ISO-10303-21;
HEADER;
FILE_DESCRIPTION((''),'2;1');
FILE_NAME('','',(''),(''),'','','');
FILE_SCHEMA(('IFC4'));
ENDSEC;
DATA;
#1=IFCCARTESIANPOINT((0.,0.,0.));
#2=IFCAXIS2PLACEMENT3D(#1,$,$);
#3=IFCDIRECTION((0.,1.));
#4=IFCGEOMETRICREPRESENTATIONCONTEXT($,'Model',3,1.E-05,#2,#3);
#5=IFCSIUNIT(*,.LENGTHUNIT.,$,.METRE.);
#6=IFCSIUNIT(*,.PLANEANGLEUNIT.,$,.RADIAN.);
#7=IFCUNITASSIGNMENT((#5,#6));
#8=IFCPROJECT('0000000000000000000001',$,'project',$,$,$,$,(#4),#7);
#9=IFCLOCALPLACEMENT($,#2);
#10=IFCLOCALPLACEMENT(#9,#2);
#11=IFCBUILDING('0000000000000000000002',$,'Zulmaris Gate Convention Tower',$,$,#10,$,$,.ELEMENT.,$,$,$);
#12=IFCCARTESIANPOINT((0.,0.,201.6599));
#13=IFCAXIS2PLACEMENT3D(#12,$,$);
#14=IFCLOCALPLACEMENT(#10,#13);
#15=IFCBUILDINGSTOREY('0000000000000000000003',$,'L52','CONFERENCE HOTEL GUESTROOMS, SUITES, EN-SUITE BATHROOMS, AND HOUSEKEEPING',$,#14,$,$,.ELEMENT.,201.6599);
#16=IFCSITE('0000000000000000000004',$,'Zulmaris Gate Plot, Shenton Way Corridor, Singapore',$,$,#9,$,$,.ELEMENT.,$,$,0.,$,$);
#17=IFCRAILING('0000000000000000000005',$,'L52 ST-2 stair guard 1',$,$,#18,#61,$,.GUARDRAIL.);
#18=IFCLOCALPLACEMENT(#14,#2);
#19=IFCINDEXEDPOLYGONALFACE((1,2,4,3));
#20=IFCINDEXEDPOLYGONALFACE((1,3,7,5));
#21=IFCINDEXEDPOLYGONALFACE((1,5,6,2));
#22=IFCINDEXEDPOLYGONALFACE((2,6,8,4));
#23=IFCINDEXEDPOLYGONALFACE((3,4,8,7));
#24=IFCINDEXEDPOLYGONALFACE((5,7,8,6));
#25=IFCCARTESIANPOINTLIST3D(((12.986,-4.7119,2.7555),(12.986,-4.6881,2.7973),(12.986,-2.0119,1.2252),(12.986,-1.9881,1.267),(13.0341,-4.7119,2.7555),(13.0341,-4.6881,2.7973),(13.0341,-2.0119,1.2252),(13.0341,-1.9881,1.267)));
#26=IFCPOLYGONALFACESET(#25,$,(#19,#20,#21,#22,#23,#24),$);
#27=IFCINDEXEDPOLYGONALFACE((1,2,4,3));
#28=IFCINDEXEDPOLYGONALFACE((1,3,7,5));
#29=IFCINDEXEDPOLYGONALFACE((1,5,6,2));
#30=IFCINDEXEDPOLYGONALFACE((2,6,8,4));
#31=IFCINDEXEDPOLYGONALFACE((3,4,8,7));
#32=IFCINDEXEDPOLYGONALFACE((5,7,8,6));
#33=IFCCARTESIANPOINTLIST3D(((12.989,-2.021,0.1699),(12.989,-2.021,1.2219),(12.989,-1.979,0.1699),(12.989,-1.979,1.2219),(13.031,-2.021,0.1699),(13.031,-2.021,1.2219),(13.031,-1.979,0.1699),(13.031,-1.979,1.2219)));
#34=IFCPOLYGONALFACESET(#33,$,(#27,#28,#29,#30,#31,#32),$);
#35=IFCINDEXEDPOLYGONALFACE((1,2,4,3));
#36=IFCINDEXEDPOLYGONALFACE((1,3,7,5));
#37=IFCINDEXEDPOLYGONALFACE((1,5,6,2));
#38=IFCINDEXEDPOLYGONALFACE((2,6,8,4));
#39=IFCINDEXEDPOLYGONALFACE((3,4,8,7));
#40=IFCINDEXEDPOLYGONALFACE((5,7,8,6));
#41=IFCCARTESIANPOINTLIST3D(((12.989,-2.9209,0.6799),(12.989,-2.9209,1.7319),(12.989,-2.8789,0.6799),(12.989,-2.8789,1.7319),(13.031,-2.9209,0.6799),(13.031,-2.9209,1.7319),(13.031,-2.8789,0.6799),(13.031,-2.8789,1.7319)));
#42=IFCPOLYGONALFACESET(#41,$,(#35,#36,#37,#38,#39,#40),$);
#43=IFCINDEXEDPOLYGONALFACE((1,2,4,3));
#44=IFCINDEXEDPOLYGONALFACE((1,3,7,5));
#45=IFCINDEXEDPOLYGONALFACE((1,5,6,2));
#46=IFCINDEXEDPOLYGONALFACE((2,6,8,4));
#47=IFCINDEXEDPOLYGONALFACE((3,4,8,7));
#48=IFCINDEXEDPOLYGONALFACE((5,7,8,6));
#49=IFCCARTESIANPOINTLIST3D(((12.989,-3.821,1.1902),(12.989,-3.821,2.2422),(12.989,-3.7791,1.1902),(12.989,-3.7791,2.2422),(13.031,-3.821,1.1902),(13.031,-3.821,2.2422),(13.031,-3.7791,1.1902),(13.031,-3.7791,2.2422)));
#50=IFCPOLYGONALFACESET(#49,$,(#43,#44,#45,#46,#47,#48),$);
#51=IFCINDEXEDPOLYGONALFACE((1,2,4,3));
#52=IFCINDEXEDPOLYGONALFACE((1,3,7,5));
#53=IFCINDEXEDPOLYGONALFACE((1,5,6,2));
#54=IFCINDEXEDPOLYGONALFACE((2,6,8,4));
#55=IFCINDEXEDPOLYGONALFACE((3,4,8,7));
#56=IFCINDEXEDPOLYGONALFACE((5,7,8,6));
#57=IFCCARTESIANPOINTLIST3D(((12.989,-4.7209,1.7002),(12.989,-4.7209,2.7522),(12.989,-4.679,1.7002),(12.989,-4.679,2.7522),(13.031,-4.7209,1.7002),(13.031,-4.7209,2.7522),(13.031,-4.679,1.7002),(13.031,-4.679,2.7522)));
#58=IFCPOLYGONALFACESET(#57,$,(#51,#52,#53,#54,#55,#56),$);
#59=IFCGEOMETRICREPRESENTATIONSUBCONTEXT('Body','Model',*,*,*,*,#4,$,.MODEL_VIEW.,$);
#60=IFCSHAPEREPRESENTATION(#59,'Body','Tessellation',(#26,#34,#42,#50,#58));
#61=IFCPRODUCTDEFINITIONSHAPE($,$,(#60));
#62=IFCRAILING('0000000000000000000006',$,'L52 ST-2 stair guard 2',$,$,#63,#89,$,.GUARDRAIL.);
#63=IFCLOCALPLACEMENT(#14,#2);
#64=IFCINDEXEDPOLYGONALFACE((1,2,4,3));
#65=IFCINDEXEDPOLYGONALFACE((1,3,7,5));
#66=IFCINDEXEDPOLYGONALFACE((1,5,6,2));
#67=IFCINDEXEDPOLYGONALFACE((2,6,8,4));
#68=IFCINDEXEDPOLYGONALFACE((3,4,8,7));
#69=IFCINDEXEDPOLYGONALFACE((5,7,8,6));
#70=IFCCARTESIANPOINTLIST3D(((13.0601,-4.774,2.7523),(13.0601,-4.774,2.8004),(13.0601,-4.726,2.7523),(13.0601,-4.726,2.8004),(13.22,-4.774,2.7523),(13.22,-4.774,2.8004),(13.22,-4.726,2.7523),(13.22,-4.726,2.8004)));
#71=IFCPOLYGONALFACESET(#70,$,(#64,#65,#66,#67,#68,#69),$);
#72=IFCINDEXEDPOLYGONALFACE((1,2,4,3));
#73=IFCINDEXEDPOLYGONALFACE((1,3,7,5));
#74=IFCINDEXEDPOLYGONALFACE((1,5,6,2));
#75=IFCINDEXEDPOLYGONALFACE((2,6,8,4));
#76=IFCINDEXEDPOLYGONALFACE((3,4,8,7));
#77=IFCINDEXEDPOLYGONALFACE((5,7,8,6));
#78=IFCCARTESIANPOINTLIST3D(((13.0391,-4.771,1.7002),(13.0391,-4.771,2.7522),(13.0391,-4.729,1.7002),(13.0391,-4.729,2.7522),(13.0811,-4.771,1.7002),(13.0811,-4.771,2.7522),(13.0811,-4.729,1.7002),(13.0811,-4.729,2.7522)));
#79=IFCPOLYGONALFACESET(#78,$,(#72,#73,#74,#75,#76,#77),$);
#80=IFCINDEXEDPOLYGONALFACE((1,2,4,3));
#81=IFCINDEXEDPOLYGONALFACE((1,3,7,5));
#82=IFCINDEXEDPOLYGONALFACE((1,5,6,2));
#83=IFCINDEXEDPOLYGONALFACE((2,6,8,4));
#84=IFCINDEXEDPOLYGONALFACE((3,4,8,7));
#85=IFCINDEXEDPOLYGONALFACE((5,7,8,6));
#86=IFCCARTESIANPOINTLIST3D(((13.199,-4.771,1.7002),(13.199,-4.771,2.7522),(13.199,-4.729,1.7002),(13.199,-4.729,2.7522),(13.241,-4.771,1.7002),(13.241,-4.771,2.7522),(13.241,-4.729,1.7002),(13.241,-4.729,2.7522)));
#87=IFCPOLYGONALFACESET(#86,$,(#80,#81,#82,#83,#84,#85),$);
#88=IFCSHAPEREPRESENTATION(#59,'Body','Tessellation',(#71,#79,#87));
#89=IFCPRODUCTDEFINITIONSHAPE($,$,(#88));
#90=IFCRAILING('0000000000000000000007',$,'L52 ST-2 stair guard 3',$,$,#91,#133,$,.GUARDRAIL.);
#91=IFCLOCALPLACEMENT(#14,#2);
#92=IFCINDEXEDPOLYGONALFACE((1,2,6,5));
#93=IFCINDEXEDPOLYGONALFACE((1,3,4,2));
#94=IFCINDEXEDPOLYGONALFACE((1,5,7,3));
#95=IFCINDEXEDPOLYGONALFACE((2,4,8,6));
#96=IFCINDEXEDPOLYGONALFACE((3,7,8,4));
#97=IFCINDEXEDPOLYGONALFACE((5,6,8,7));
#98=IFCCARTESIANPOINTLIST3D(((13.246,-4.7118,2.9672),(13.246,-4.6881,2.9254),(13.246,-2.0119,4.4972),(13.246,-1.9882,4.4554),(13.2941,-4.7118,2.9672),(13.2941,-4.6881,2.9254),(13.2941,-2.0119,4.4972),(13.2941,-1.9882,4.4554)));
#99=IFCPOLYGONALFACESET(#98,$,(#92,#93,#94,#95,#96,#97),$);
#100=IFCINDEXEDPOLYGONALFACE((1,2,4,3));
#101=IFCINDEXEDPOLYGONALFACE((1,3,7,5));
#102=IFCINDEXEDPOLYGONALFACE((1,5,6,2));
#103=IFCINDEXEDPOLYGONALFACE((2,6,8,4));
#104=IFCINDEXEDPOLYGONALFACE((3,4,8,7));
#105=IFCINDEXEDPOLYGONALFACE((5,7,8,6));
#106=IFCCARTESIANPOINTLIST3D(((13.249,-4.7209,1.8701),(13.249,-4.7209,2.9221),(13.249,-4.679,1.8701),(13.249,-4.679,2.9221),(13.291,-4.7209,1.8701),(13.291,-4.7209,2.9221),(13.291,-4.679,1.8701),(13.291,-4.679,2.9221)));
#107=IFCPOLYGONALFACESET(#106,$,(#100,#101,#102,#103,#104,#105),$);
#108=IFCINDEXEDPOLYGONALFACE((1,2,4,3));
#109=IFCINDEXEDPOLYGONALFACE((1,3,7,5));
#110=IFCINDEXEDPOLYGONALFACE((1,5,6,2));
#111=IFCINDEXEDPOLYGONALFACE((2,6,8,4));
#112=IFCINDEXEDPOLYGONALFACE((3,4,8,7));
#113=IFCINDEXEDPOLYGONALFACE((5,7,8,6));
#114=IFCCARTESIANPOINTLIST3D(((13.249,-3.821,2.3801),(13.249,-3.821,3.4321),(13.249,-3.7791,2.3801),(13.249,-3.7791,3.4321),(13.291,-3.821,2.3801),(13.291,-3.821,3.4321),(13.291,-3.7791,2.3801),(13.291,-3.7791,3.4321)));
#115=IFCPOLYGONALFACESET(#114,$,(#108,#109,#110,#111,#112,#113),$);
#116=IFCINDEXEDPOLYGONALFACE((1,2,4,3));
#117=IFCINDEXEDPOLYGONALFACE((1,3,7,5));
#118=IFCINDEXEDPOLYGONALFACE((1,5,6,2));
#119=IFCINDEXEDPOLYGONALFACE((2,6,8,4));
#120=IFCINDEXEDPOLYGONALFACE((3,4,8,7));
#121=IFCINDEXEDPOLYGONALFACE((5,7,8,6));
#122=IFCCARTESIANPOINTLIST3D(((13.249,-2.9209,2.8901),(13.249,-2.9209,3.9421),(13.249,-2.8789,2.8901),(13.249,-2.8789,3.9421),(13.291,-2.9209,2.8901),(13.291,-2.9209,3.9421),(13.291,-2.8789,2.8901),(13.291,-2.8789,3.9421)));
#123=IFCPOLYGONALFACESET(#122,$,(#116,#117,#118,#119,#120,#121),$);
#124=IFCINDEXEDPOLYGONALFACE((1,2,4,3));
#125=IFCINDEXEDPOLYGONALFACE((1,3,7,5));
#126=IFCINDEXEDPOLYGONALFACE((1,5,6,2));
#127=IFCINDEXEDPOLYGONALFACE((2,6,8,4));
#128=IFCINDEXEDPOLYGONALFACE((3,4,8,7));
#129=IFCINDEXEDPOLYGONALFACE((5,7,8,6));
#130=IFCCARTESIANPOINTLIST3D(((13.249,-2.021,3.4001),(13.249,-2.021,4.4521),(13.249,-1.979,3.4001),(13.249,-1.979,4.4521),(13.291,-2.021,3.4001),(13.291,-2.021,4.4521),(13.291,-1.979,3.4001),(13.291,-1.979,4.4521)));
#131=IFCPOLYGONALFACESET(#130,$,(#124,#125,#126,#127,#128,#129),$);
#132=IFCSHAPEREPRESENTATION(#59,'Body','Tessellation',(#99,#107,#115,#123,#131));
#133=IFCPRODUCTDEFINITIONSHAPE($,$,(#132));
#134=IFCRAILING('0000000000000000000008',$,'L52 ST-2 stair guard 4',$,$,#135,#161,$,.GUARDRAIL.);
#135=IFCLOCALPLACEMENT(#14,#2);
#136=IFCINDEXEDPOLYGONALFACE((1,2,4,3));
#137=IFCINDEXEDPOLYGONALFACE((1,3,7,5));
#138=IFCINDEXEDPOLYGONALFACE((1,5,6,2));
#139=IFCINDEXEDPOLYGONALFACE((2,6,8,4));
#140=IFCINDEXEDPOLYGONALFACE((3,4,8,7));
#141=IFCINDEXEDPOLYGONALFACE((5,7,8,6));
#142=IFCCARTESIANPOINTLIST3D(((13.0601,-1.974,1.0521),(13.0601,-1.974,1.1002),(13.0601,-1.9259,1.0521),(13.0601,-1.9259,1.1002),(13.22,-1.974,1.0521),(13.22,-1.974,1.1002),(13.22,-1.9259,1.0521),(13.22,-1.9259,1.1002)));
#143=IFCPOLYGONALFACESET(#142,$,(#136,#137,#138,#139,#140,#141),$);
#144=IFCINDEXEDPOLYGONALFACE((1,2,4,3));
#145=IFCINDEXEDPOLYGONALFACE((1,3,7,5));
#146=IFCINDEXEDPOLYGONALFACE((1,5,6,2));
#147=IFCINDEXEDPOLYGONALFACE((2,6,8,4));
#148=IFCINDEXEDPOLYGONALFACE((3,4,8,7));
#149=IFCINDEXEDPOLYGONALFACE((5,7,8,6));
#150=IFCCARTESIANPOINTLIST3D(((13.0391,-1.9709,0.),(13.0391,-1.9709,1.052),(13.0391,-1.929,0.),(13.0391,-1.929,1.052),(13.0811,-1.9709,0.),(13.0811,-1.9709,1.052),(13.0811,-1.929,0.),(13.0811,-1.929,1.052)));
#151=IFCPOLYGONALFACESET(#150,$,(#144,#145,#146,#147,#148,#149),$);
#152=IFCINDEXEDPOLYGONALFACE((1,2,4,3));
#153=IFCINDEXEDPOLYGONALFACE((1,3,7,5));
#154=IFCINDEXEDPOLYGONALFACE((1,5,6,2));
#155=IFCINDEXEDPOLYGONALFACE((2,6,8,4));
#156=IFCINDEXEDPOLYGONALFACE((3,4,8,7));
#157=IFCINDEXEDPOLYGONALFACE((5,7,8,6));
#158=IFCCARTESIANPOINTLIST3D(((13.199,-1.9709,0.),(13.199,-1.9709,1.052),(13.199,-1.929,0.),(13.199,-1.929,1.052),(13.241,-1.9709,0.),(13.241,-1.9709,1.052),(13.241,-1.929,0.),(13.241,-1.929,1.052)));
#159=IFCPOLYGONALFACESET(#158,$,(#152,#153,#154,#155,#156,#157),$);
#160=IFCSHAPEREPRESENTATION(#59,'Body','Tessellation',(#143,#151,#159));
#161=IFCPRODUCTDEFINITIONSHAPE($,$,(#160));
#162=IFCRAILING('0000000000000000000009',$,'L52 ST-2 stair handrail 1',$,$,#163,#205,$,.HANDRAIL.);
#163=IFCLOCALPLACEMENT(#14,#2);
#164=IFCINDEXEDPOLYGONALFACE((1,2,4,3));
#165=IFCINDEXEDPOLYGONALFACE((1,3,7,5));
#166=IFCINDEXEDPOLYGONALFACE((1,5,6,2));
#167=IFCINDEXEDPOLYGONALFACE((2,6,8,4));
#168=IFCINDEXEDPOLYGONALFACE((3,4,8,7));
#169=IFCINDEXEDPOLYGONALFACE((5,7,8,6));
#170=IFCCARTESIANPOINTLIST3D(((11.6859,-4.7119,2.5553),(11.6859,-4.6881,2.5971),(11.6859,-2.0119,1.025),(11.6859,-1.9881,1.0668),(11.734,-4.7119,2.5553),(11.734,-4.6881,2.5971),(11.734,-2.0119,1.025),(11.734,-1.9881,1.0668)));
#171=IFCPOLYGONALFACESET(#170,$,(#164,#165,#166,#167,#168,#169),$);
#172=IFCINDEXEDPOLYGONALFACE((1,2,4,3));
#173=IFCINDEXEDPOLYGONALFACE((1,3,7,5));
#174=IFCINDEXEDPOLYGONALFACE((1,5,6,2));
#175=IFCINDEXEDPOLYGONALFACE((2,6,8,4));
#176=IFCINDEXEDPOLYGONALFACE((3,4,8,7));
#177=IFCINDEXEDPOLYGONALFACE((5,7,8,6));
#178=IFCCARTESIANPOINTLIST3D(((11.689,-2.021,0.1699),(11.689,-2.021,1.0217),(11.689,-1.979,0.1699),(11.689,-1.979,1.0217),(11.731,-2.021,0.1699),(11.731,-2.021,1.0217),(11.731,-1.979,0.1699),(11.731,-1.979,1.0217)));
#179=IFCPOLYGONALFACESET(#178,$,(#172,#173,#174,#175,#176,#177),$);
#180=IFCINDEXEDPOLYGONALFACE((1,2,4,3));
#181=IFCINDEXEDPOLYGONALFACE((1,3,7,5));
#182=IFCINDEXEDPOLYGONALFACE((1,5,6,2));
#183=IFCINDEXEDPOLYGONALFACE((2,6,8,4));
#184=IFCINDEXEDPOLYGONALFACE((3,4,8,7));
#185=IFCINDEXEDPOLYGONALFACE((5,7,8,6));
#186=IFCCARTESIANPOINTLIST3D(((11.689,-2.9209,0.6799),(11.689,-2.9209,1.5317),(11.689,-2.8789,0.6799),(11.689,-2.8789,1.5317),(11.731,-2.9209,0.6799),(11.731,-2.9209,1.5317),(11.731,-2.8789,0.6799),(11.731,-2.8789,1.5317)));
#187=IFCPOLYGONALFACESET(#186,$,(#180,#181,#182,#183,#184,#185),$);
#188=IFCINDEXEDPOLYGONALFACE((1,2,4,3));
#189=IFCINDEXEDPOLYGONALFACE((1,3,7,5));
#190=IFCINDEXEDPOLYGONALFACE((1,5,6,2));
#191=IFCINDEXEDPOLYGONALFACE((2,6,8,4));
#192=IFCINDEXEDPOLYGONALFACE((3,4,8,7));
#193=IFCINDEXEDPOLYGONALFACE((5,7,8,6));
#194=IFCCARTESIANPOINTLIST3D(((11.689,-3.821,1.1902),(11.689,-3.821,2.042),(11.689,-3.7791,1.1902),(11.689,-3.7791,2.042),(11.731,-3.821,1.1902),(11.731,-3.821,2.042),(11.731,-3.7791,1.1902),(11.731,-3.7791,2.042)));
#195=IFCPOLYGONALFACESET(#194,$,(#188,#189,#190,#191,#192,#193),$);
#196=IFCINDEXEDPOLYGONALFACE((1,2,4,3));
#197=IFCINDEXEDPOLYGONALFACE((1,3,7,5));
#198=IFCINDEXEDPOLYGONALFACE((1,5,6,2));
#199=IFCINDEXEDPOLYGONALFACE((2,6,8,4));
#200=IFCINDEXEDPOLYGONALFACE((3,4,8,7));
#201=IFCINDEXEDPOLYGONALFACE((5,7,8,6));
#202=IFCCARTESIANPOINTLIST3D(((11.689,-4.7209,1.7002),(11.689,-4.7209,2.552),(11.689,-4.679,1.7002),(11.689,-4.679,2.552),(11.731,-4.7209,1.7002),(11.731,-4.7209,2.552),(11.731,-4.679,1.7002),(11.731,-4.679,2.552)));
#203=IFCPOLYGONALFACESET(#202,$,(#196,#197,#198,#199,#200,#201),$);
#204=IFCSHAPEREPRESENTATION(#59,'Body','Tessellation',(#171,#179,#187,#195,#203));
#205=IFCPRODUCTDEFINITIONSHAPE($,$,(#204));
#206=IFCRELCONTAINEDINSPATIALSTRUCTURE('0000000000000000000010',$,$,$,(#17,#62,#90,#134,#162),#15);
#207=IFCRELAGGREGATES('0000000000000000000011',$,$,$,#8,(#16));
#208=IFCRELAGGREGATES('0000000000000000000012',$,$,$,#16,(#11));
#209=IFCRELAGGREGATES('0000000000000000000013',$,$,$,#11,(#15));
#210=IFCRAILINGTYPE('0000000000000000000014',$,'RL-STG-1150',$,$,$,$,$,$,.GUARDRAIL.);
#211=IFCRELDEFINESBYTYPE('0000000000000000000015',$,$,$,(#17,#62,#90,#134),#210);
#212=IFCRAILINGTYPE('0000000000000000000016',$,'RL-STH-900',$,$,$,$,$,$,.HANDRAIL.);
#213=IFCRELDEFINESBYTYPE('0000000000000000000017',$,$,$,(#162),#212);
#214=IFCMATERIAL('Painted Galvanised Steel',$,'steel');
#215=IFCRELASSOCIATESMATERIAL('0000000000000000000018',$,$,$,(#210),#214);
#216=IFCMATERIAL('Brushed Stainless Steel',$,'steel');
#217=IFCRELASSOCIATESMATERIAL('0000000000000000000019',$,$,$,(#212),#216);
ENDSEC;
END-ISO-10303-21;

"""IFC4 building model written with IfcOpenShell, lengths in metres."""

from ifc_helpers import new_model, si_unit, direction, frame, origin, origin_2d, place, context, subcontext, project, spatial, rectangle, extrude, material, type_object, element, save


model = new_model("IFC4")

# Units and contexts
model_context = context("Model", 3, precision=1e-05, world=origin(), true_north=direction((0.0, 1.0)))
body_context = subcontext(model_context, "Body", "Model", "MODEL_VIEW")
ifc_project = project(units=[si_unit("LENGTHUNIT", "METRE"), si_unit("PLANEANGLEUNIT", "RADIAN")], contexts=[model_context])

# Site, building, storey
site_placement = place(None, origin())
site = spatial("IfcSite", under=ifc_project, at=site_placement, Name="Zulmaris Gate Plot, Shenton Way Corridor, Singapore", CompositionType="ELEMENT", RefElevation=0.0)
building_placement = place(site_placement, origin())
building = spatial("IfcBuilding", under=site, at=building_placement, Name="Zulmaris Gate Convention Tower", CompositionType="ELEMENT")
storey_placement = place(building_placement, frame((0.0, 0.0, 201.6599)))
storey = spatial("IfcBuildingStorey", under=building, at=storey_placement, Name="L52", Description="CONFERENCE HOTEL GUESTROOMS, SUITES, EN-SUITE BATHROOMS, AND HOUSEKEEPING", CompositionType="ELEMENT", Elevation=201.6599)

# Railings
ifc_material_1 = material(Name="Painted Galvanised Steel", Category="steel")
railing_type_1 = type_object("IfcRailingType", Name="RL-STG-1150", PredefinedType="GUARDRAIL", material=ifc_material_1)
railing_1_placement = place(storey_placement, frame((13.01, -2.0, 0.1699)))
element("IfcRailing", 1, at=railing_1_placement, inside=storey, type_object=railing_type_1, Name="L52 ST-2 stair guard 1", PredefinedType="GUARDRAIL", context=body_context, shape_type="SweptSolid", body=[
    extrude(rectangle(XDim=0.0481, YDim=0.0481, at=origin_2d()), frame((0.0, 0.0, 1.0762), z_axis=(0.0, -0.869981, 0.493086), x_axis=(1.0, 0.0, 0.0)), (0.0, 0.0, 1.0), 3.1035),
    extrude(rectangle(XDim=0.042, YDim=0.042, at=origin_2d()), origin(), (0.0, 0.0, 1.0), 1.052),
    extrude(rectangle(XDim=0.042, YDim=0.042, at=origin_2d()), frame((0.0, -0.8999, 0.51)), (0.0, 0.0, 1.0), 1.052),
    extrude(rectangle(XDim=0.042, YDim=0.042, at=origin_2d()), frame((0.0, -1.8, 1.0203)), (0.0, 0.0, 1.0), 1.052),
    extrude(rectangle(XDim=0.042, YDim=0.042, at=origin_2d()), frame((0.0, -2.7, 1.5303)), (0.0, 0.0, 1.0), 1.052),
])
railing_2_placement = place(storey_placement, frame((13.0601, -4.75, 1.7002)))
element("IfcRailing", 2, at=railing_2_placement, inside=storey, type_object=railing_type_1, Name="L52 ST-2 stair guard 2", PredefinedType="GUARDRAIL", context=body_context, shape_type="SweptSolid", body=[
    extrude(rectangle(XDim=0.0481, YDim=0.0481, at=origin_2d()), frame((0.0, 0.0, 1.0762), z_axis=(1.0, 0.0, 0.0), x_axis=(0.0, 1.0, 0.0)), (0.0, 0.0, 1.0), 0.1599),
    extrude(rectangle(XDim=0.042, YDim=0.042, at=origin_2d()), origin(), (0.0, 0.0, 1.0), 1.052),
    extrude(rectangle(XDim=0.042, YDim=0.042, at=origin_2d()), frame((0.1599, 0.0, 0.0)), (0.0, 0.0, 1.0), 1.052),
])
railing_3_placement = place(storey_placement, frame((13.27, -4.7, 1.8701)))
element("IfcRailing", 3, at=railing_3_placement, inside=storey, type_object=railing_type_1, Name="L52 ST-2 stair guard 3", PredefinedType="GUARDRAIL", context=body_context, shape_type="SweptSolid", body=[
    extrude(rectangle(XDim=0.0481, YDim=0.0481, at=origin_2d()), frame((0.0, 0.0, 1.0762), z_axis=(0.0, 0.870014, 0.493026), x_axis=(-1.0, 0.0, 0.0)), (0.0, 0.0, 1.0), 3.1033),
    extrude(rectangle(XDim=0.042, YDim=0.042, at=origin_2d()), origin(), (0.0, 0.0, 1.0), 1.052),
    extrude(rectangle(XDim=0.042, YDim=0.042, at=origin_2d()), frame((0.0, 0.8999, 0.51)), (0.0, 0.0, 1.0), 1.052),
    extrude(rectangle(XDim=0.042, YDim=0.042, at=origin_2d()), frame((0.0, 1.8, 1.02)), (0.0, 0.0, 1.0), 1.052),
    extrude(rectangle(XDim=0.042, YDim=0.042, at=origin_2d()), frame((0.0, 2.7, 1.53)), (0.0, 0.0, 1.0), 1.052),
])
railing_4_placement = place(storey_placement, frame((13.0601, -1.95, 0.0)))
element("IfcRailing", 4, at=railing_4_placement, inside=storey, type_object=railing_type_1, Name="L52 ST-2 stair guard 4", PredefinedType="GUARDRAIL", context=body_context, shape_type="SweptSolid", body=[
    extrude(rectangle(XDim=0.0481, YDim=0.0481, at=origin_2d()), frame((0.0, 0.0, 1.0762), z_axis=(1.0, 0.0, 0.0), x_axis=(0.0, 1.0, 0.0)), (0.0, 0.0, 1.0), 0.1599),
    extrude(rectangle(XDim=0.042, YDim=0.042, at=origin_2d()), origin(), (0.0, 0.0, 1.0), 1.052),
    extrude(rectangle(XDim=0.042, YDim=0.042, at=origin_2d()), frame((0.1599, 0.0, 0.0)), (0.0, 0.0, 1.0), 1.052),
])
ifc_material_2 = material(Name="Brushed Stainless Steel", Category="steel")
railing_type_2 = type_object("IfcRailingType", Name="RL-STH-900", PredefinedType="HANDRAIL", material=ifc_material_2)
railing_5_placement = place(storey_placement, frame((11.71, -2.0, 0.1699)))
element("IfcRailing", 5, at=railing_5_placement, inside=storey, type_object=railing_type_2, Name="L52 ST-2 stair handrail 1", PredefinedType="HANDRAIL", context=body_context, shape_type="SweptSolid", body=[
    extrude(rectangle(XDim=0.0481, YDim=0.0481, at=origin_2d()), frame((0.0, 0.0, 0.876), z_axis=(0.0, -0.869981, 0.493086), x_axis=(1.0, 0.0, 0.0)), (0.0, 0.0, 1.0), 3.1035),
    extrude(rectangle(XDim=0.042, YDim=0.042, at=origin_2d()), origin(), (0.0, 0.0, 1.0), 0.8518),
    extrude(rectangle(XDim=0.042, YDim=0.042, at=origin_2d()), frame((0.0, -0.8999, 0.51)), (0.0, 0.0, 1.0), 0.8518),
    extrude(rectangle(XDim=0.042, YDim=0.042, at=origin_2d()), frame((0.0, -1.8, 1.0203)), (0.0, 0.0, 1.0), 0.8518),
    extrude(rectangle(XDim=0.042, YDim=0.042, at=origin_2d()), frame((0.0, -2.7, 1.5303)), (0.0, 0.0, 1.0), 0.8518),
])

save(model, "model.ifc")
